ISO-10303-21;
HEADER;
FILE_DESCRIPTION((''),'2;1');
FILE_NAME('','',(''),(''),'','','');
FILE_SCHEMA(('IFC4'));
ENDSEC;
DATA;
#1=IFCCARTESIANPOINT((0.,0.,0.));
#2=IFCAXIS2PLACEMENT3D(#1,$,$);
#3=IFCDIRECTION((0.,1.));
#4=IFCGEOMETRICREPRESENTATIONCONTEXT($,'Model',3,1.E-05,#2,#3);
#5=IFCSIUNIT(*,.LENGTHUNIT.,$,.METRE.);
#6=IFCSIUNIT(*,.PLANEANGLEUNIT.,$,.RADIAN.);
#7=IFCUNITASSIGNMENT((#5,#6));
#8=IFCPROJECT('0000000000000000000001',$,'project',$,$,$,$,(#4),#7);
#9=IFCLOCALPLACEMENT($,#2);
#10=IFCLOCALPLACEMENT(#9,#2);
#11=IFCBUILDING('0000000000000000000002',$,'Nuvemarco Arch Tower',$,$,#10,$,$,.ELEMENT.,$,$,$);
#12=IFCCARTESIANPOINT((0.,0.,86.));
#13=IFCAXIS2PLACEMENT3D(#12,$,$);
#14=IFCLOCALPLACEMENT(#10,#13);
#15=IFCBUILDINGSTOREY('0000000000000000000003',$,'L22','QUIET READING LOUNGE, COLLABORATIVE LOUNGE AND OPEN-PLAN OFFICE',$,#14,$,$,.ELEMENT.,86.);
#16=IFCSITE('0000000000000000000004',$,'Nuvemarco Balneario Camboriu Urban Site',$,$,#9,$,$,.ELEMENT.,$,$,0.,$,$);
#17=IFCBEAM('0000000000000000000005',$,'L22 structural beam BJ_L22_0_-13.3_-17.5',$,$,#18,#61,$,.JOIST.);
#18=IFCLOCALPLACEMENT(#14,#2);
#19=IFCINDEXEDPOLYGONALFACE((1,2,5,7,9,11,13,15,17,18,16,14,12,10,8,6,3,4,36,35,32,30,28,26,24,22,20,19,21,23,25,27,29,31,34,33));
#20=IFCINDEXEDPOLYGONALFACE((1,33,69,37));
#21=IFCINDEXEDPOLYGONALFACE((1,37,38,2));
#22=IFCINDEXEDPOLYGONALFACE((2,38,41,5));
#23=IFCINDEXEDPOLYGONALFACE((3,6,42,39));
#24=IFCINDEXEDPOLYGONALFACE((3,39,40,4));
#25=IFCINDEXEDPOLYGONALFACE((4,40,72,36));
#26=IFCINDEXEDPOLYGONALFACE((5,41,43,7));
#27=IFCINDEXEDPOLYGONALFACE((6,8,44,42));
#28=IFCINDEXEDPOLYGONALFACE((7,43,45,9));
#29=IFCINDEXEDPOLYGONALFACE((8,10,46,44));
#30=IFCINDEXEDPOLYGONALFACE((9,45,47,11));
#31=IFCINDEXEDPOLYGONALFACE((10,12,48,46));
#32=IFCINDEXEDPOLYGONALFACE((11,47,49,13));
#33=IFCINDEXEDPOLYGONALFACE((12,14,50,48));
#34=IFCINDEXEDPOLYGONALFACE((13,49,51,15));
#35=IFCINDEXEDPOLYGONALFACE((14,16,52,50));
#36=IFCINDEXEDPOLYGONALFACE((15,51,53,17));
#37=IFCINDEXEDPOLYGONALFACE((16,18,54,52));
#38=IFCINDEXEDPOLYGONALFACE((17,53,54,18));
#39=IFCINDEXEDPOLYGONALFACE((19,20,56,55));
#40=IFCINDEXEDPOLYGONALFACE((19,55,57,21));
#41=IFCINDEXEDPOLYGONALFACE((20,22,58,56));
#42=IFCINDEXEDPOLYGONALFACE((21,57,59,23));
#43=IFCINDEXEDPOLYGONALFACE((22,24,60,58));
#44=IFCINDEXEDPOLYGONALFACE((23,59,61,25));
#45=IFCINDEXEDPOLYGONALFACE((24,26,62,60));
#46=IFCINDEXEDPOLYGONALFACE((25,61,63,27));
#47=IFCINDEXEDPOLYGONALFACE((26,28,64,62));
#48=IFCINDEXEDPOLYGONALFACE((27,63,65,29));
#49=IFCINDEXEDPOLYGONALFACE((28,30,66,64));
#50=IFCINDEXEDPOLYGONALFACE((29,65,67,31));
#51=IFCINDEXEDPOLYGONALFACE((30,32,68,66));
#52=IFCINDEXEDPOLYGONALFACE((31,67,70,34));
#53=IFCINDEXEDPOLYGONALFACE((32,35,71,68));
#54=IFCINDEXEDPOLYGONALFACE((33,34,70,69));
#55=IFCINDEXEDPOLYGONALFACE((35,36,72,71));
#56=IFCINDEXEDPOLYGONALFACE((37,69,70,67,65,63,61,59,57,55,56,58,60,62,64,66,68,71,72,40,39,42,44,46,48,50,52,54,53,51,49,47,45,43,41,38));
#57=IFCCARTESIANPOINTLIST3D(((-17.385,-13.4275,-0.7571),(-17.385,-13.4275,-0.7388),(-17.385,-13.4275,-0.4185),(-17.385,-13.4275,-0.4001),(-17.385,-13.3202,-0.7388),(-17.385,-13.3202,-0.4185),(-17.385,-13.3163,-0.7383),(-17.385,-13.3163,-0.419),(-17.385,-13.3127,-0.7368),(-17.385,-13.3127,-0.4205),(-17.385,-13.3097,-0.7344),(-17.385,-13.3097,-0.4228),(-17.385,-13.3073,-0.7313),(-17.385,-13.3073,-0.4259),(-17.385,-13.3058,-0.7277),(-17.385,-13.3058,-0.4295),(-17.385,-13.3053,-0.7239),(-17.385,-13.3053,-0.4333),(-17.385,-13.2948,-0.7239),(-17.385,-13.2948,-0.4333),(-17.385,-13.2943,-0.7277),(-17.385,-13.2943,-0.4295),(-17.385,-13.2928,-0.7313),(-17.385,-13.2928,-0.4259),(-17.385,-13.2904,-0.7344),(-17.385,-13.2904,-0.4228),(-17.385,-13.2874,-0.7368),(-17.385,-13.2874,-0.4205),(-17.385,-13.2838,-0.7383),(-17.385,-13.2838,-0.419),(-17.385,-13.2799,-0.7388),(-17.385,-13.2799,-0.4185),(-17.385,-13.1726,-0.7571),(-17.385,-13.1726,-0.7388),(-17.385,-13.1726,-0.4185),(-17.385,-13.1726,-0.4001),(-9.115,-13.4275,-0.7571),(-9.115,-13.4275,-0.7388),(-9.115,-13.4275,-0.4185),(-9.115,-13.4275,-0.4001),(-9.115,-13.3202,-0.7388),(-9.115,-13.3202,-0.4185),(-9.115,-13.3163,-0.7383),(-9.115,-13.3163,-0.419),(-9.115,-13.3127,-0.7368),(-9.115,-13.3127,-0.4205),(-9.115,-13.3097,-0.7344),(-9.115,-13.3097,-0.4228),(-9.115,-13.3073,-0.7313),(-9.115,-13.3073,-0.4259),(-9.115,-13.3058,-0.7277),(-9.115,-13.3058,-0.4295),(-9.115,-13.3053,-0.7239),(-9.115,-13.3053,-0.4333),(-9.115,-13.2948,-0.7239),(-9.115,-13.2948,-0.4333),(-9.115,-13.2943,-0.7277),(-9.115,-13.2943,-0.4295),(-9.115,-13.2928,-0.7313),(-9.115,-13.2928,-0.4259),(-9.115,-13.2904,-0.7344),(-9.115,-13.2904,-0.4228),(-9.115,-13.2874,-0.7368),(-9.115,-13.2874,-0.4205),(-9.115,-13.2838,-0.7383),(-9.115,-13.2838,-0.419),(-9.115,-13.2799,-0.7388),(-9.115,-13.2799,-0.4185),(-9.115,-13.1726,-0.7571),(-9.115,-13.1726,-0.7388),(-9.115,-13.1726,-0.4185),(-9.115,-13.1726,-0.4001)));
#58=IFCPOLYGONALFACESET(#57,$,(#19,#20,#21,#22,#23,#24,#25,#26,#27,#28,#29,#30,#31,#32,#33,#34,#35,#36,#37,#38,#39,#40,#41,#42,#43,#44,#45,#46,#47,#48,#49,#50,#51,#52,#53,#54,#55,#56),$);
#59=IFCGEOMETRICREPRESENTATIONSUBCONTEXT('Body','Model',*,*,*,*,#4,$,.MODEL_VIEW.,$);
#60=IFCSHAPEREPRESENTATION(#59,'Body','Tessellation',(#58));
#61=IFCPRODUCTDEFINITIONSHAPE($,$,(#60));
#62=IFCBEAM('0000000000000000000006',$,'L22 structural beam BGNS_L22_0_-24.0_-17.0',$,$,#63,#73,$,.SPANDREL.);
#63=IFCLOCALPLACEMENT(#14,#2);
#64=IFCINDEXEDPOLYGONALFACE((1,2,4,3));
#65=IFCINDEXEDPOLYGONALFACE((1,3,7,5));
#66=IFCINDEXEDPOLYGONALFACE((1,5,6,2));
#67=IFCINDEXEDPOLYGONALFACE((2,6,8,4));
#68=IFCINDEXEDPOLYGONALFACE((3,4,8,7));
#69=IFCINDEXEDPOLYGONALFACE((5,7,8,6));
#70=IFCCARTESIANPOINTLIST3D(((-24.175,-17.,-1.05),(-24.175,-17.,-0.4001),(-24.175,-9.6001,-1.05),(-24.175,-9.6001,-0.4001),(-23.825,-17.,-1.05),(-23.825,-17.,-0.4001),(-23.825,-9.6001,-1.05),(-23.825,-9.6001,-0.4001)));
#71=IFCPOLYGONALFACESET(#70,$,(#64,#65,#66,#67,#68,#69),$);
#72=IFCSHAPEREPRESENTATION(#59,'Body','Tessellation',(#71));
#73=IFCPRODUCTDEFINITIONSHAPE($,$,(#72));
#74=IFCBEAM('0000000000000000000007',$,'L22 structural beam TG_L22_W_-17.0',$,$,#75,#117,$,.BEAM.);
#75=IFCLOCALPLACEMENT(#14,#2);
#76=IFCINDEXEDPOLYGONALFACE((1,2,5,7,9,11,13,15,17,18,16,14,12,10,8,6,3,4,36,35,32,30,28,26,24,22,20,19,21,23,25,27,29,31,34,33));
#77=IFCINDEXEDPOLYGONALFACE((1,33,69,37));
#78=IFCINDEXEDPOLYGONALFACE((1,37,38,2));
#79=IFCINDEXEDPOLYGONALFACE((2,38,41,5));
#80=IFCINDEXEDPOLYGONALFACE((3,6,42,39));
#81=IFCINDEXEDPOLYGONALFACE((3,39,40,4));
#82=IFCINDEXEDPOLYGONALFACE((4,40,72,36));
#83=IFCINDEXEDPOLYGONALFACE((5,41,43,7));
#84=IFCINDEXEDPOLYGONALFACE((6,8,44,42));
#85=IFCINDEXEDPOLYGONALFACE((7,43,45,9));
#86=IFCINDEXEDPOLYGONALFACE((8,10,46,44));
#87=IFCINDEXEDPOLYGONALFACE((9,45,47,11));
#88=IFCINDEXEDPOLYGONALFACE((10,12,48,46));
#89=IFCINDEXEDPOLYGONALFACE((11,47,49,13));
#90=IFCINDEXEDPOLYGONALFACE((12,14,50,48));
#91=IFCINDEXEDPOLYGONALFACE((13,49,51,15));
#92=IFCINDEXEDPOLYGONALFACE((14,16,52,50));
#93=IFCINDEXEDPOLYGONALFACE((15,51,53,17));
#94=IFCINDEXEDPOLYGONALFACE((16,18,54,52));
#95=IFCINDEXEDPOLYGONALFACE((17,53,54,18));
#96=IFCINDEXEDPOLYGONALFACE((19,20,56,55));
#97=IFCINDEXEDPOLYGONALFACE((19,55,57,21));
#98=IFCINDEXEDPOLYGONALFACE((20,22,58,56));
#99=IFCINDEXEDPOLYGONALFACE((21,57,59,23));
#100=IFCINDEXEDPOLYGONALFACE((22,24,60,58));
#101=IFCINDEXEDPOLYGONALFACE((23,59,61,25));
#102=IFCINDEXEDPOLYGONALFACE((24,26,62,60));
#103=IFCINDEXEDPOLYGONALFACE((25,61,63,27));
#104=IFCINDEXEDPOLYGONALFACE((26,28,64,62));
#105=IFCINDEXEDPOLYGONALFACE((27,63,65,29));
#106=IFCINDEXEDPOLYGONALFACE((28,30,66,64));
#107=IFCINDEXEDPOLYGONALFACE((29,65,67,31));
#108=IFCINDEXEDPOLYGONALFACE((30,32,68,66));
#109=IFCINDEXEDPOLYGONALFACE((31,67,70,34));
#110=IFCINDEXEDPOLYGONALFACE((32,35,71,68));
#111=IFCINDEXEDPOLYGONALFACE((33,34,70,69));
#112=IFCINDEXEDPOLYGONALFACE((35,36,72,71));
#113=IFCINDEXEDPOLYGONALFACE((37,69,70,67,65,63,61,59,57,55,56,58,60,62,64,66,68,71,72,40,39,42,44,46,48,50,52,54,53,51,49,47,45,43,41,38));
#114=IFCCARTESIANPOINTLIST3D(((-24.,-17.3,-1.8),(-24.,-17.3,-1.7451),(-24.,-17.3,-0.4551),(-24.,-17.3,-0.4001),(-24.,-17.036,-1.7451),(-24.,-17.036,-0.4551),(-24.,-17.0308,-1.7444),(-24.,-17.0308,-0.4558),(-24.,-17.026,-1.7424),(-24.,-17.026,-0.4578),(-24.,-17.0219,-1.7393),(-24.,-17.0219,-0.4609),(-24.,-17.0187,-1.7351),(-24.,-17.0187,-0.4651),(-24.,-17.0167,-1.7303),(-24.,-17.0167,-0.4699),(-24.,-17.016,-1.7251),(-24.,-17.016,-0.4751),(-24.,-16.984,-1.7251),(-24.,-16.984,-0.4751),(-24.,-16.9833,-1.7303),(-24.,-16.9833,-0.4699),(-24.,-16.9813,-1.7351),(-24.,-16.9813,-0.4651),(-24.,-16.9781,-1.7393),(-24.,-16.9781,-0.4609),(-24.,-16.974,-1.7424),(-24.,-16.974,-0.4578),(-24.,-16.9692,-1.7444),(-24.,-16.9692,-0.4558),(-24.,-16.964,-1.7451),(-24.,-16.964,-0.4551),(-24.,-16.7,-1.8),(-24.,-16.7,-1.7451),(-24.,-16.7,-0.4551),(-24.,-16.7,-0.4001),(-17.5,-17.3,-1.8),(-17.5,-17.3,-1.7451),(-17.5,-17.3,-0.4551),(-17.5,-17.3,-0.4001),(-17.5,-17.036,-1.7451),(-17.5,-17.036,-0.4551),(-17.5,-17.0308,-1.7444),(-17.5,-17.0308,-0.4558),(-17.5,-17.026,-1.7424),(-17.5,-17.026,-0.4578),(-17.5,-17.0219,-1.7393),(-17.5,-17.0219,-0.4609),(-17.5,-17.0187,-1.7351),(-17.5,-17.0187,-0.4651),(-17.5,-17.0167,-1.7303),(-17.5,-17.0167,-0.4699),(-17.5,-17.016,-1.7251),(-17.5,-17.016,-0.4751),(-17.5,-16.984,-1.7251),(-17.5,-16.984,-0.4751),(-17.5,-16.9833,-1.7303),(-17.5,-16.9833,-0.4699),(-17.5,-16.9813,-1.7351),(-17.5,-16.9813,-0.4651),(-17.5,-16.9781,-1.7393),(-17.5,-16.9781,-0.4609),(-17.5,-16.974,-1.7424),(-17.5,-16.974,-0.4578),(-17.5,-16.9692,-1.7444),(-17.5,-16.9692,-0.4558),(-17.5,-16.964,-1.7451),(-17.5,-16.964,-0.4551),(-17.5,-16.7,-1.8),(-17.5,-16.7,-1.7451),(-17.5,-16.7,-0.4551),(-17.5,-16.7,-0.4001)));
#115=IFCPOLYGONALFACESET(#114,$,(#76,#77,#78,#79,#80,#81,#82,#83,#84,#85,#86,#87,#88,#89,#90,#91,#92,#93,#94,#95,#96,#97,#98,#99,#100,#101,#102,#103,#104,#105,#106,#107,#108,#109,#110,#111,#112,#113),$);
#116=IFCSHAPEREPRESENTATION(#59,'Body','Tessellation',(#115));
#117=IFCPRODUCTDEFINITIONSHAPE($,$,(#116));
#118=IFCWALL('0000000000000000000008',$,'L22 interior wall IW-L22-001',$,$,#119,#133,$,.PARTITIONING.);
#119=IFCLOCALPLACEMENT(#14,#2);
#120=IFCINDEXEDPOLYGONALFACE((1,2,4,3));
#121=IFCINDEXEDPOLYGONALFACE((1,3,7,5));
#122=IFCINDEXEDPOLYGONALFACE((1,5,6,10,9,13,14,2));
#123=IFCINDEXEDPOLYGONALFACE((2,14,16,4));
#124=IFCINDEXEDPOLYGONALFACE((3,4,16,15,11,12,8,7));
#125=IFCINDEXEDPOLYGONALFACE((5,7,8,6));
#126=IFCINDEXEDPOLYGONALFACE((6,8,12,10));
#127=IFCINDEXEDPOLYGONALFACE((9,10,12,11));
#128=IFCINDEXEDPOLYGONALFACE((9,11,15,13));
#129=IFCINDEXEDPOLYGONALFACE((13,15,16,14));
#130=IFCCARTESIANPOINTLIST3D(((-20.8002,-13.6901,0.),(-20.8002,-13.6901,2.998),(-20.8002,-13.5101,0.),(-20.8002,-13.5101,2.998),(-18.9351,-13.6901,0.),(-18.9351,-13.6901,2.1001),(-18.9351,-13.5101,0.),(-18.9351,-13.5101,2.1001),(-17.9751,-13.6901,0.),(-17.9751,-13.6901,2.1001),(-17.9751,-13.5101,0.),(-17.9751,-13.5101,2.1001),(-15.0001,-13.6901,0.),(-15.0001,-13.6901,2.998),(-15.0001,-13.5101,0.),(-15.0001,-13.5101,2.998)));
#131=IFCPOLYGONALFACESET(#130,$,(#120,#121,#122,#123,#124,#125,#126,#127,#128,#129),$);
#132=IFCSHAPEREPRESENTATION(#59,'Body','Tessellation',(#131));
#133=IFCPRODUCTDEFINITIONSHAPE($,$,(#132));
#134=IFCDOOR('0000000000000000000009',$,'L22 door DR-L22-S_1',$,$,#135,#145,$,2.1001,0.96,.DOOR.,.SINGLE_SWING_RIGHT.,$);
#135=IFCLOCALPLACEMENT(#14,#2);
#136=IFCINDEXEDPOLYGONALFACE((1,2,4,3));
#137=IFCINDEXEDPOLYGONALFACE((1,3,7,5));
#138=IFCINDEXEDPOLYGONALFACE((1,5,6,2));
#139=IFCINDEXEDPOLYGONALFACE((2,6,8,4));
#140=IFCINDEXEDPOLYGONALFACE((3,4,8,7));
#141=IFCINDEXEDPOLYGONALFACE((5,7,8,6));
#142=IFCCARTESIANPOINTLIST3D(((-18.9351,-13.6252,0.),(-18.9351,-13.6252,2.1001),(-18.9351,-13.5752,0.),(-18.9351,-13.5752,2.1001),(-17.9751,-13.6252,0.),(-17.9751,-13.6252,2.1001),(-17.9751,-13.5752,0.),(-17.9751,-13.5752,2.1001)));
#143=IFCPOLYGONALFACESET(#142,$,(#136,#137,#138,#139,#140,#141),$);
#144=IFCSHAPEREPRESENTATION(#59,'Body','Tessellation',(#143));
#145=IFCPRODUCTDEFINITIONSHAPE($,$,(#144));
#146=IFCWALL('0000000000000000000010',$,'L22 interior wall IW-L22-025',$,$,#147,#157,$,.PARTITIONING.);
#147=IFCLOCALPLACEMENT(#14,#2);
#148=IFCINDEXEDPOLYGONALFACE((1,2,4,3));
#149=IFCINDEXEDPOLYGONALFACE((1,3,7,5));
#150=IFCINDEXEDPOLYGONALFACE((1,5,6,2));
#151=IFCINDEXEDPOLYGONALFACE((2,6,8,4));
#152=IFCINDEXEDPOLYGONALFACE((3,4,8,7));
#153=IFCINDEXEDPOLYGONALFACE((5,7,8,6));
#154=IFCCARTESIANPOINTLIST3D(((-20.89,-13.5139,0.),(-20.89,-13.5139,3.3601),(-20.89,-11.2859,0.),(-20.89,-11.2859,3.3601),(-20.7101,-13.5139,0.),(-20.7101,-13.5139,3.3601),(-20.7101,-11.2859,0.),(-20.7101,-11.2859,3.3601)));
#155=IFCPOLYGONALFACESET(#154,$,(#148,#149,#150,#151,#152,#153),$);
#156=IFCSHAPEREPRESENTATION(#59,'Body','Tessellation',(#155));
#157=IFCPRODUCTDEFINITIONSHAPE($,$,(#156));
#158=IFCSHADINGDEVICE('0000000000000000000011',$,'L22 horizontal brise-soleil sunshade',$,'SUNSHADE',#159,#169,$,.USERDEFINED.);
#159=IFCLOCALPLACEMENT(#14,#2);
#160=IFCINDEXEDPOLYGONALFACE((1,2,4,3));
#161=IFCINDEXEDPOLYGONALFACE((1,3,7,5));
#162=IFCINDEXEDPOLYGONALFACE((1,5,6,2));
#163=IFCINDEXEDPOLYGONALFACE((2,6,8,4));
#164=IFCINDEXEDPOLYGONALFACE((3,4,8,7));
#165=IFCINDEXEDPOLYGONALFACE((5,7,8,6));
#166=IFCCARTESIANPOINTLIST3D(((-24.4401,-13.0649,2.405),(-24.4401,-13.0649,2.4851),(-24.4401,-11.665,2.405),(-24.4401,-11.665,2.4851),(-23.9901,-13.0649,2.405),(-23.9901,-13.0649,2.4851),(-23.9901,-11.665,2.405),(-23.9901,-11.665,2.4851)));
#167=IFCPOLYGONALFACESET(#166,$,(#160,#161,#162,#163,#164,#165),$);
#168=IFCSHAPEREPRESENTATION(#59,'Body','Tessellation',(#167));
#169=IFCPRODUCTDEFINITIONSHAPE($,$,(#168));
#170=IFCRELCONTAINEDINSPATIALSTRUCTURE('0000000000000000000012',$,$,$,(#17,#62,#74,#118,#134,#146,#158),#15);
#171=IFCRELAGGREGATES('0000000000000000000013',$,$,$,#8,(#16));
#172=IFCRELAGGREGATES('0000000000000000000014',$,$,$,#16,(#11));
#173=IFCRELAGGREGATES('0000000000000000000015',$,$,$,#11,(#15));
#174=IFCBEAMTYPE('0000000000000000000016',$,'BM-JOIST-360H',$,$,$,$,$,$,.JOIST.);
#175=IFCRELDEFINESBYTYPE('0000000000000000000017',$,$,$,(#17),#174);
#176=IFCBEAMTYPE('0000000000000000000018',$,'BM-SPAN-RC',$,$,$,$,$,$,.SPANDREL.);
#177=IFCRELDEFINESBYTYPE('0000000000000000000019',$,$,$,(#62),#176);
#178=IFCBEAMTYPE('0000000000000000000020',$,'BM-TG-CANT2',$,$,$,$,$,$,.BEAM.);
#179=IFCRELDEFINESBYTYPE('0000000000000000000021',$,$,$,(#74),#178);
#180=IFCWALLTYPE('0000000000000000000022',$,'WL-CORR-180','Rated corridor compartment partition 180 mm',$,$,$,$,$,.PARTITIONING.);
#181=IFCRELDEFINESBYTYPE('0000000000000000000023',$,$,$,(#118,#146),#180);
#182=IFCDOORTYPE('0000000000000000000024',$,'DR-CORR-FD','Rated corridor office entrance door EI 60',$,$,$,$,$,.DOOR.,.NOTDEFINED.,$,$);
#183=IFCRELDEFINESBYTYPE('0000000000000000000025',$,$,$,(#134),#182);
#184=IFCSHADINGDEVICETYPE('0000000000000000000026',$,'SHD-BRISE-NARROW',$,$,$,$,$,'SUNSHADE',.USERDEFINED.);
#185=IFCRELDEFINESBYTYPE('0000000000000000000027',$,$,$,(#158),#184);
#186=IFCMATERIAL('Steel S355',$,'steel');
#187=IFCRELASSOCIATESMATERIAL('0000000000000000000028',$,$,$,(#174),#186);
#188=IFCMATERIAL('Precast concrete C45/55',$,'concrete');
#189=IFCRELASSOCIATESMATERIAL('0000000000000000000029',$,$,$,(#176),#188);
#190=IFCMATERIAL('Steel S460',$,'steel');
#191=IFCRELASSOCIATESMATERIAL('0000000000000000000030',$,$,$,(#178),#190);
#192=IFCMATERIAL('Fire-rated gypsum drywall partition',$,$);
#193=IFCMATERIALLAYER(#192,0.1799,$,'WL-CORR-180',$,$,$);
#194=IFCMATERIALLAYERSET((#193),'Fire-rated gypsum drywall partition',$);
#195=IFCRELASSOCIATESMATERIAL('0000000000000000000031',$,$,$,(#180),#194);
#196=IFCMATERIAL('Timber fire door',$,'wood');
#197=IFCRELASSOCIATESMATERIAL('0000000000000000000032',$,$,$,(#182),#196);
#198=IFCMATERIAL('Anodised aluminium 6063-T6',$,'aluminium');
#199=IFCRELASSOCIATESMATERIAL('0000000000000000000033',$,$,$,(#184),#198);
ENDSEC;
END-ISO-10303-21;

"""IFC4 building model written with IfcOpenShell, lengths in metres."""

from ifc_helpers import new_model, si_unit, direction, frame, frame_2d, origin, origin_2d, place, context, subcontext, project, spatial, rectangle, i_section, extrude, source, transform, mapped, material, layer, layer_set, material_profile, profile_set, type_object, type_shapes, element, fill, save


model = new_model("IFC4")

# Units and contexts
model_context = context("Model", 3, precision=1e-05, world=origin(), true_north=direction((0.0, 1.0)))
body_context = subcontext(model_context, "Body", "Model", "MODEL_VIEW")
ifc_project = project(units=[si_unit("LENGTHUNIT", "METRE"), si_unit("PLANEANGLEUNIT", "RADIAN")], contexts=[model_context])

# Site, building, storey
site_placement = place(None, origin())
site = spatial("IfcSite", under=ifc_project, at=site_placement, Name="Nuvemarco Balneario Camboriu Urban Site", CompositionType="ELEMENT", RefElevation=0.0)
building_placement = place(site_placement, origin())
building = spatial("IfcBuilding", under=site, at=building_placement, Name="Nuvemarco Arch Tower", CompositionType="ELEMENT")
storey_placement = place(building_placement, frame((0.0, 0.0, 86.0)))
storey = spatial("IfcBuildingStorey", under=building, at=storey_placement, Name="L22", Description="QUIET READING LOUNGE, COLLABORATIVE LOUNGE AND OPEN-PLAN OFFICE", CompositionType="ELEMENT", Elevation=86.0)

# Shared definitions
ifc_material_1 = material(Name="Steel S355", Category="steel")

# Beams
ifc_material_profile_1 = material_profile(ifc_material_1, i_section(OverallWidth=0.2549, OverallDepth=0.3569, WebThickness=0.0105, FlangeThickness=0.0183, FilletRadius=0.0149, at=origin_2d()), Name="W360x101")
ifc_profile_set_1 = profile_set([ifc_material_profile_1], Name="Steel S355")
beam_type_1 = type_object("IfcBeamType", Name="BM-JOIST-360H", PredefinedType="JOIST", material=ifc_profile_set_1)
beam_1_placement = place(storey_placement, frame((-17.385, -13.3, -0.5786), z_axis=(1.0, 0.0, 0.0), x_axis=(0.0, 1.0, 0.0)))
element("IfcBeam", 1, at=beam_1_placement, inside=storey, type_object=beam_type_1, Name="L22 structural beam BJ_L22_0_-13.3_-17.5", PredefinedType="JOIST", context=body_context, shape_type="SweptSolid", body=[
    extrude(i_section(OverallWidth=0.2549, OverallDepth=0.3569, WebThickness=0.0105, FlangeThickness=0.0183, FilletRadius=0.0149, at=origin_2d()), origin(), (0.0, 0.0, 1.0), 8.27),
])
ifc_material_2 = material(Name="Precast concrete C45/55", Category="concrete")
ifc_material_profile_2 = material_profile(ifc_material_2, rectangle(XDim=0.3501, YDim=0.6499, at=origin_2d()), Name="PC-SP-350x650")
ifc_profile_set_2 = profile_set([ifc_material_profile_2], Name="Precast concrete C45/55")
beam_type_2 = type_object("IfcBeamType", Name="BM-SPAN-RC", PredefinedType="SPANDREL", material=ifc_profile_set_2)
beam_2_placement = place(storey_placement, frame((-24.0, -17.0, -0.7251), z_axis=(0.0, 1.0, 0.0), x_axis=(-1.0, 0.0, 0.0)))
element("IfcBeam", 2, at=beam_2_placement, inside=storey, type_object=beam_type_2, Name="L22 structural beam BGNS_L22_0_-24.0_-17.0", PredefinedType="SPANDREL", context=body_context, shape_type="SweptSolid", body=[
    extrude(rectangle(XDim=0.3501, YDim=0.6499, at=origin_2d()), origin(), (0.0, 0.0, 1.0), 7.3999),
])
ifc_material_3 = material(Name="Steel S460", Category="steel")
ifc_material_profile_3 = material_profile(ifc_material_3, i_section(OverallWidth=0.6001, OverallDepth=1.3999, WebThickness=0.032, FlangeThickness=0.0549, FilletRadius=0.02, at=origin_2d()), Name="PG1400x600")
ifc_profile_set_3 = profile_set([ifc_material_profile_3], Name="Steel S460")
beam_type_3 = type_object("IfcBeamType", Name="BM-TG-CANT2", PredefinedType="BEAM", material=ifc_profile_set_3)
beam_3_placement = place(storey_placement, frame((-24.0, -17.0, -1.1001), z_axis=(1.0, 0.0, 0.0), x_axis=(0.0, 1.0, 0.0)))
element("IfcBeam", 3, at=beam_3_placement, inside=storey, type_object=beam_type_3, Name="L22 structural beam TG_L22_W_-17.0", PredefinedType="BEAM", context=body_context, shape_type="SweptSolid", body=[
    extrude(i_section(OverallWidth=0.6001, OverallDepth=1.3999, WebThickness=0.032, FlangeThickness=0.0549, FilletRadius=0.02, at=origin_2d()), origin(), (0.0, 0.0, 1.0), 6.5),
])

# Wall, opening, door
ifc_material_4 = material(Name="Fire-rated gypsum drywall partition")
ifc_layer = layer(ifc_material_4, 0.1799, Name="WL-CORR-180")
ifc_layer_set = layer_set([ifc_layer], Name="Fire-rated gypsum drywall partition")
wall_type = type_object("IfcWallType", Name="WL-CORR-180", Description="Rated corridor compartment partition 180 mm", PredefinedType="PARTITIONING", material=ifc_layer_set)
wall_1_placement = place(storey_placement, frame((-20.8, -13.6001, 0.0), z_axis=(0.0, 0.0, 1.0), x_axis=(1.0, 0.0, 0.0)))
wall_1 = element("IfcWall", 4, at=wall_1_placement, inside=storey, type_object=wall_type, Name="L22 interior wall IW-L22-001", PredefinedType="PARTITIONING", context=body_context, shape_type="SweptSolid", body=[
    extrude(rectangle(XDim=5.8, YDim=0.1799, at=frame_2d((2.8999, 0.0))), origin(), (0.0, 0.0, 1.0), 2.998),
])
opening_placement = place(wall_1_placement, frame((1.865, 0.0, 0.0)))
opening = element("IfcOpeningElement", 5, at=opening_placement, cuts=wall_1, PredefinedType="OPENING", context=body_context, shape_type="SweptSolid", body=[
    extrude(rectangle(XDim=0.96, YDim=2.1001, at=frame_2d((0.48, 1.05))), frame((0.0, 0.0999, 0.0), z_axis=(0.0, -1.0, 0.0), x_axis=(1.0, 0.0, 0.0)), (0.0, 0.0, 1.0), 0.2),
])
ifc_material_5 = material(Name="Timber fire door", Category="wood")
door_type = type_object("IfcDoorType", Name="DR-CORR-FD", Description="Rated corridor office entrance door EI 60", OperationType="NOTDEFINED", PredefinedType="DOOR", material=ifc_material_5)
shared_shape_1 = source(origin(), body_context, "Body", "SweptSolid", [
    extrude(rectangle(XDim=0.96, YDim=2.1001, at=frame_2d((0.48, 1.05))), frame((0.0, 0.0249, 0.0), z_axis=(0.0, -1.0, 0.0), x_axis=(1.0, 0.0, 0.0)), (0.0, 0.0, 1.0), 0.05),
])
type_shapes(door_type, [shared_shape_1])
door_placement = place(opening_placement, origin())
door = element("IfcDoor", 6, at=door_placement, inside=storey, type_object=door_type, Name="L22 door DR-L22-S_1", OperationType="SINGLE_SWING_RIGHT", OverallHeight=2.1001, OverallWidth=0.96, PredefinedType="DOOR", context=body_context, shape_type="MappedRepresentation", body=[
    mapped(shared_shape_1, transform((0.0, 0.0, 0.0), scale=1.0)),
])
fill(opening, door)

# Wall
wall_2_placement = place(storey_placement, frame((-20.8, -13.5139, 0.0), z_axis=(0.0, 0.0, 1.0), x_axis=(0.0, 1.0, 0.0)))
element("IfcWall", 7, at=wall_2_placement, inside=storey, type_object=wall_type, Name="L22 interior wall IW-L22-025", PredefinedType="PARTITIONING", context=body_context, shape_type="SweptSolid", body=[
    extrude(rectangle(XDim=2.228, YDim=0.1799, at=frame_2d((1.114, 0.0))), origin(), (0.0, 0.0, 1.0), 3.3601),
])

# Shading device
ifc_material_6 = material(Name="Anodised aluminium 6063-T6", Category="aluminium")
shading_device_type = type_object("IfcShadingDeviceType", Name="SHD-BRISE-NARROW", ElementType="SUNSHADE", PredefinedType="USERDEFINED", material=ifc_material_6)
shared_shape_2 = source(origin(), body_context, "Body", "SweptSolid", [
    extrude(rectangle(XDim=1.3999, YDim=0.45, at=origin_2d()), origin(), (0.0, 0.0, 1.0), 0.0801),
])
type_shapes(shading_device_type, [shared_shape_2])
shading_device_placement = place(storey_placement, frame((-24.2151, -12.365, 2.405), z_axis=(0.0, 0.0, 1.0), x_axis=(0.0, 1.0, 0.0)))
element("IfcShadingDevice", 8, at=shading_device_placement, inside=storey, type_object=shading_device_type, Name="L22 horizontal brise-soleil sunshade", ObjectType="SUNSHADE", PredefinedType="USERDEFINED", context=body_context, shape_type="MappedRepresentation", body=[
    mapped(shared_shape_2, transform((0.0, 0.0, 0.0), scale=1.0)),
])

save(model, "model.ifc")
